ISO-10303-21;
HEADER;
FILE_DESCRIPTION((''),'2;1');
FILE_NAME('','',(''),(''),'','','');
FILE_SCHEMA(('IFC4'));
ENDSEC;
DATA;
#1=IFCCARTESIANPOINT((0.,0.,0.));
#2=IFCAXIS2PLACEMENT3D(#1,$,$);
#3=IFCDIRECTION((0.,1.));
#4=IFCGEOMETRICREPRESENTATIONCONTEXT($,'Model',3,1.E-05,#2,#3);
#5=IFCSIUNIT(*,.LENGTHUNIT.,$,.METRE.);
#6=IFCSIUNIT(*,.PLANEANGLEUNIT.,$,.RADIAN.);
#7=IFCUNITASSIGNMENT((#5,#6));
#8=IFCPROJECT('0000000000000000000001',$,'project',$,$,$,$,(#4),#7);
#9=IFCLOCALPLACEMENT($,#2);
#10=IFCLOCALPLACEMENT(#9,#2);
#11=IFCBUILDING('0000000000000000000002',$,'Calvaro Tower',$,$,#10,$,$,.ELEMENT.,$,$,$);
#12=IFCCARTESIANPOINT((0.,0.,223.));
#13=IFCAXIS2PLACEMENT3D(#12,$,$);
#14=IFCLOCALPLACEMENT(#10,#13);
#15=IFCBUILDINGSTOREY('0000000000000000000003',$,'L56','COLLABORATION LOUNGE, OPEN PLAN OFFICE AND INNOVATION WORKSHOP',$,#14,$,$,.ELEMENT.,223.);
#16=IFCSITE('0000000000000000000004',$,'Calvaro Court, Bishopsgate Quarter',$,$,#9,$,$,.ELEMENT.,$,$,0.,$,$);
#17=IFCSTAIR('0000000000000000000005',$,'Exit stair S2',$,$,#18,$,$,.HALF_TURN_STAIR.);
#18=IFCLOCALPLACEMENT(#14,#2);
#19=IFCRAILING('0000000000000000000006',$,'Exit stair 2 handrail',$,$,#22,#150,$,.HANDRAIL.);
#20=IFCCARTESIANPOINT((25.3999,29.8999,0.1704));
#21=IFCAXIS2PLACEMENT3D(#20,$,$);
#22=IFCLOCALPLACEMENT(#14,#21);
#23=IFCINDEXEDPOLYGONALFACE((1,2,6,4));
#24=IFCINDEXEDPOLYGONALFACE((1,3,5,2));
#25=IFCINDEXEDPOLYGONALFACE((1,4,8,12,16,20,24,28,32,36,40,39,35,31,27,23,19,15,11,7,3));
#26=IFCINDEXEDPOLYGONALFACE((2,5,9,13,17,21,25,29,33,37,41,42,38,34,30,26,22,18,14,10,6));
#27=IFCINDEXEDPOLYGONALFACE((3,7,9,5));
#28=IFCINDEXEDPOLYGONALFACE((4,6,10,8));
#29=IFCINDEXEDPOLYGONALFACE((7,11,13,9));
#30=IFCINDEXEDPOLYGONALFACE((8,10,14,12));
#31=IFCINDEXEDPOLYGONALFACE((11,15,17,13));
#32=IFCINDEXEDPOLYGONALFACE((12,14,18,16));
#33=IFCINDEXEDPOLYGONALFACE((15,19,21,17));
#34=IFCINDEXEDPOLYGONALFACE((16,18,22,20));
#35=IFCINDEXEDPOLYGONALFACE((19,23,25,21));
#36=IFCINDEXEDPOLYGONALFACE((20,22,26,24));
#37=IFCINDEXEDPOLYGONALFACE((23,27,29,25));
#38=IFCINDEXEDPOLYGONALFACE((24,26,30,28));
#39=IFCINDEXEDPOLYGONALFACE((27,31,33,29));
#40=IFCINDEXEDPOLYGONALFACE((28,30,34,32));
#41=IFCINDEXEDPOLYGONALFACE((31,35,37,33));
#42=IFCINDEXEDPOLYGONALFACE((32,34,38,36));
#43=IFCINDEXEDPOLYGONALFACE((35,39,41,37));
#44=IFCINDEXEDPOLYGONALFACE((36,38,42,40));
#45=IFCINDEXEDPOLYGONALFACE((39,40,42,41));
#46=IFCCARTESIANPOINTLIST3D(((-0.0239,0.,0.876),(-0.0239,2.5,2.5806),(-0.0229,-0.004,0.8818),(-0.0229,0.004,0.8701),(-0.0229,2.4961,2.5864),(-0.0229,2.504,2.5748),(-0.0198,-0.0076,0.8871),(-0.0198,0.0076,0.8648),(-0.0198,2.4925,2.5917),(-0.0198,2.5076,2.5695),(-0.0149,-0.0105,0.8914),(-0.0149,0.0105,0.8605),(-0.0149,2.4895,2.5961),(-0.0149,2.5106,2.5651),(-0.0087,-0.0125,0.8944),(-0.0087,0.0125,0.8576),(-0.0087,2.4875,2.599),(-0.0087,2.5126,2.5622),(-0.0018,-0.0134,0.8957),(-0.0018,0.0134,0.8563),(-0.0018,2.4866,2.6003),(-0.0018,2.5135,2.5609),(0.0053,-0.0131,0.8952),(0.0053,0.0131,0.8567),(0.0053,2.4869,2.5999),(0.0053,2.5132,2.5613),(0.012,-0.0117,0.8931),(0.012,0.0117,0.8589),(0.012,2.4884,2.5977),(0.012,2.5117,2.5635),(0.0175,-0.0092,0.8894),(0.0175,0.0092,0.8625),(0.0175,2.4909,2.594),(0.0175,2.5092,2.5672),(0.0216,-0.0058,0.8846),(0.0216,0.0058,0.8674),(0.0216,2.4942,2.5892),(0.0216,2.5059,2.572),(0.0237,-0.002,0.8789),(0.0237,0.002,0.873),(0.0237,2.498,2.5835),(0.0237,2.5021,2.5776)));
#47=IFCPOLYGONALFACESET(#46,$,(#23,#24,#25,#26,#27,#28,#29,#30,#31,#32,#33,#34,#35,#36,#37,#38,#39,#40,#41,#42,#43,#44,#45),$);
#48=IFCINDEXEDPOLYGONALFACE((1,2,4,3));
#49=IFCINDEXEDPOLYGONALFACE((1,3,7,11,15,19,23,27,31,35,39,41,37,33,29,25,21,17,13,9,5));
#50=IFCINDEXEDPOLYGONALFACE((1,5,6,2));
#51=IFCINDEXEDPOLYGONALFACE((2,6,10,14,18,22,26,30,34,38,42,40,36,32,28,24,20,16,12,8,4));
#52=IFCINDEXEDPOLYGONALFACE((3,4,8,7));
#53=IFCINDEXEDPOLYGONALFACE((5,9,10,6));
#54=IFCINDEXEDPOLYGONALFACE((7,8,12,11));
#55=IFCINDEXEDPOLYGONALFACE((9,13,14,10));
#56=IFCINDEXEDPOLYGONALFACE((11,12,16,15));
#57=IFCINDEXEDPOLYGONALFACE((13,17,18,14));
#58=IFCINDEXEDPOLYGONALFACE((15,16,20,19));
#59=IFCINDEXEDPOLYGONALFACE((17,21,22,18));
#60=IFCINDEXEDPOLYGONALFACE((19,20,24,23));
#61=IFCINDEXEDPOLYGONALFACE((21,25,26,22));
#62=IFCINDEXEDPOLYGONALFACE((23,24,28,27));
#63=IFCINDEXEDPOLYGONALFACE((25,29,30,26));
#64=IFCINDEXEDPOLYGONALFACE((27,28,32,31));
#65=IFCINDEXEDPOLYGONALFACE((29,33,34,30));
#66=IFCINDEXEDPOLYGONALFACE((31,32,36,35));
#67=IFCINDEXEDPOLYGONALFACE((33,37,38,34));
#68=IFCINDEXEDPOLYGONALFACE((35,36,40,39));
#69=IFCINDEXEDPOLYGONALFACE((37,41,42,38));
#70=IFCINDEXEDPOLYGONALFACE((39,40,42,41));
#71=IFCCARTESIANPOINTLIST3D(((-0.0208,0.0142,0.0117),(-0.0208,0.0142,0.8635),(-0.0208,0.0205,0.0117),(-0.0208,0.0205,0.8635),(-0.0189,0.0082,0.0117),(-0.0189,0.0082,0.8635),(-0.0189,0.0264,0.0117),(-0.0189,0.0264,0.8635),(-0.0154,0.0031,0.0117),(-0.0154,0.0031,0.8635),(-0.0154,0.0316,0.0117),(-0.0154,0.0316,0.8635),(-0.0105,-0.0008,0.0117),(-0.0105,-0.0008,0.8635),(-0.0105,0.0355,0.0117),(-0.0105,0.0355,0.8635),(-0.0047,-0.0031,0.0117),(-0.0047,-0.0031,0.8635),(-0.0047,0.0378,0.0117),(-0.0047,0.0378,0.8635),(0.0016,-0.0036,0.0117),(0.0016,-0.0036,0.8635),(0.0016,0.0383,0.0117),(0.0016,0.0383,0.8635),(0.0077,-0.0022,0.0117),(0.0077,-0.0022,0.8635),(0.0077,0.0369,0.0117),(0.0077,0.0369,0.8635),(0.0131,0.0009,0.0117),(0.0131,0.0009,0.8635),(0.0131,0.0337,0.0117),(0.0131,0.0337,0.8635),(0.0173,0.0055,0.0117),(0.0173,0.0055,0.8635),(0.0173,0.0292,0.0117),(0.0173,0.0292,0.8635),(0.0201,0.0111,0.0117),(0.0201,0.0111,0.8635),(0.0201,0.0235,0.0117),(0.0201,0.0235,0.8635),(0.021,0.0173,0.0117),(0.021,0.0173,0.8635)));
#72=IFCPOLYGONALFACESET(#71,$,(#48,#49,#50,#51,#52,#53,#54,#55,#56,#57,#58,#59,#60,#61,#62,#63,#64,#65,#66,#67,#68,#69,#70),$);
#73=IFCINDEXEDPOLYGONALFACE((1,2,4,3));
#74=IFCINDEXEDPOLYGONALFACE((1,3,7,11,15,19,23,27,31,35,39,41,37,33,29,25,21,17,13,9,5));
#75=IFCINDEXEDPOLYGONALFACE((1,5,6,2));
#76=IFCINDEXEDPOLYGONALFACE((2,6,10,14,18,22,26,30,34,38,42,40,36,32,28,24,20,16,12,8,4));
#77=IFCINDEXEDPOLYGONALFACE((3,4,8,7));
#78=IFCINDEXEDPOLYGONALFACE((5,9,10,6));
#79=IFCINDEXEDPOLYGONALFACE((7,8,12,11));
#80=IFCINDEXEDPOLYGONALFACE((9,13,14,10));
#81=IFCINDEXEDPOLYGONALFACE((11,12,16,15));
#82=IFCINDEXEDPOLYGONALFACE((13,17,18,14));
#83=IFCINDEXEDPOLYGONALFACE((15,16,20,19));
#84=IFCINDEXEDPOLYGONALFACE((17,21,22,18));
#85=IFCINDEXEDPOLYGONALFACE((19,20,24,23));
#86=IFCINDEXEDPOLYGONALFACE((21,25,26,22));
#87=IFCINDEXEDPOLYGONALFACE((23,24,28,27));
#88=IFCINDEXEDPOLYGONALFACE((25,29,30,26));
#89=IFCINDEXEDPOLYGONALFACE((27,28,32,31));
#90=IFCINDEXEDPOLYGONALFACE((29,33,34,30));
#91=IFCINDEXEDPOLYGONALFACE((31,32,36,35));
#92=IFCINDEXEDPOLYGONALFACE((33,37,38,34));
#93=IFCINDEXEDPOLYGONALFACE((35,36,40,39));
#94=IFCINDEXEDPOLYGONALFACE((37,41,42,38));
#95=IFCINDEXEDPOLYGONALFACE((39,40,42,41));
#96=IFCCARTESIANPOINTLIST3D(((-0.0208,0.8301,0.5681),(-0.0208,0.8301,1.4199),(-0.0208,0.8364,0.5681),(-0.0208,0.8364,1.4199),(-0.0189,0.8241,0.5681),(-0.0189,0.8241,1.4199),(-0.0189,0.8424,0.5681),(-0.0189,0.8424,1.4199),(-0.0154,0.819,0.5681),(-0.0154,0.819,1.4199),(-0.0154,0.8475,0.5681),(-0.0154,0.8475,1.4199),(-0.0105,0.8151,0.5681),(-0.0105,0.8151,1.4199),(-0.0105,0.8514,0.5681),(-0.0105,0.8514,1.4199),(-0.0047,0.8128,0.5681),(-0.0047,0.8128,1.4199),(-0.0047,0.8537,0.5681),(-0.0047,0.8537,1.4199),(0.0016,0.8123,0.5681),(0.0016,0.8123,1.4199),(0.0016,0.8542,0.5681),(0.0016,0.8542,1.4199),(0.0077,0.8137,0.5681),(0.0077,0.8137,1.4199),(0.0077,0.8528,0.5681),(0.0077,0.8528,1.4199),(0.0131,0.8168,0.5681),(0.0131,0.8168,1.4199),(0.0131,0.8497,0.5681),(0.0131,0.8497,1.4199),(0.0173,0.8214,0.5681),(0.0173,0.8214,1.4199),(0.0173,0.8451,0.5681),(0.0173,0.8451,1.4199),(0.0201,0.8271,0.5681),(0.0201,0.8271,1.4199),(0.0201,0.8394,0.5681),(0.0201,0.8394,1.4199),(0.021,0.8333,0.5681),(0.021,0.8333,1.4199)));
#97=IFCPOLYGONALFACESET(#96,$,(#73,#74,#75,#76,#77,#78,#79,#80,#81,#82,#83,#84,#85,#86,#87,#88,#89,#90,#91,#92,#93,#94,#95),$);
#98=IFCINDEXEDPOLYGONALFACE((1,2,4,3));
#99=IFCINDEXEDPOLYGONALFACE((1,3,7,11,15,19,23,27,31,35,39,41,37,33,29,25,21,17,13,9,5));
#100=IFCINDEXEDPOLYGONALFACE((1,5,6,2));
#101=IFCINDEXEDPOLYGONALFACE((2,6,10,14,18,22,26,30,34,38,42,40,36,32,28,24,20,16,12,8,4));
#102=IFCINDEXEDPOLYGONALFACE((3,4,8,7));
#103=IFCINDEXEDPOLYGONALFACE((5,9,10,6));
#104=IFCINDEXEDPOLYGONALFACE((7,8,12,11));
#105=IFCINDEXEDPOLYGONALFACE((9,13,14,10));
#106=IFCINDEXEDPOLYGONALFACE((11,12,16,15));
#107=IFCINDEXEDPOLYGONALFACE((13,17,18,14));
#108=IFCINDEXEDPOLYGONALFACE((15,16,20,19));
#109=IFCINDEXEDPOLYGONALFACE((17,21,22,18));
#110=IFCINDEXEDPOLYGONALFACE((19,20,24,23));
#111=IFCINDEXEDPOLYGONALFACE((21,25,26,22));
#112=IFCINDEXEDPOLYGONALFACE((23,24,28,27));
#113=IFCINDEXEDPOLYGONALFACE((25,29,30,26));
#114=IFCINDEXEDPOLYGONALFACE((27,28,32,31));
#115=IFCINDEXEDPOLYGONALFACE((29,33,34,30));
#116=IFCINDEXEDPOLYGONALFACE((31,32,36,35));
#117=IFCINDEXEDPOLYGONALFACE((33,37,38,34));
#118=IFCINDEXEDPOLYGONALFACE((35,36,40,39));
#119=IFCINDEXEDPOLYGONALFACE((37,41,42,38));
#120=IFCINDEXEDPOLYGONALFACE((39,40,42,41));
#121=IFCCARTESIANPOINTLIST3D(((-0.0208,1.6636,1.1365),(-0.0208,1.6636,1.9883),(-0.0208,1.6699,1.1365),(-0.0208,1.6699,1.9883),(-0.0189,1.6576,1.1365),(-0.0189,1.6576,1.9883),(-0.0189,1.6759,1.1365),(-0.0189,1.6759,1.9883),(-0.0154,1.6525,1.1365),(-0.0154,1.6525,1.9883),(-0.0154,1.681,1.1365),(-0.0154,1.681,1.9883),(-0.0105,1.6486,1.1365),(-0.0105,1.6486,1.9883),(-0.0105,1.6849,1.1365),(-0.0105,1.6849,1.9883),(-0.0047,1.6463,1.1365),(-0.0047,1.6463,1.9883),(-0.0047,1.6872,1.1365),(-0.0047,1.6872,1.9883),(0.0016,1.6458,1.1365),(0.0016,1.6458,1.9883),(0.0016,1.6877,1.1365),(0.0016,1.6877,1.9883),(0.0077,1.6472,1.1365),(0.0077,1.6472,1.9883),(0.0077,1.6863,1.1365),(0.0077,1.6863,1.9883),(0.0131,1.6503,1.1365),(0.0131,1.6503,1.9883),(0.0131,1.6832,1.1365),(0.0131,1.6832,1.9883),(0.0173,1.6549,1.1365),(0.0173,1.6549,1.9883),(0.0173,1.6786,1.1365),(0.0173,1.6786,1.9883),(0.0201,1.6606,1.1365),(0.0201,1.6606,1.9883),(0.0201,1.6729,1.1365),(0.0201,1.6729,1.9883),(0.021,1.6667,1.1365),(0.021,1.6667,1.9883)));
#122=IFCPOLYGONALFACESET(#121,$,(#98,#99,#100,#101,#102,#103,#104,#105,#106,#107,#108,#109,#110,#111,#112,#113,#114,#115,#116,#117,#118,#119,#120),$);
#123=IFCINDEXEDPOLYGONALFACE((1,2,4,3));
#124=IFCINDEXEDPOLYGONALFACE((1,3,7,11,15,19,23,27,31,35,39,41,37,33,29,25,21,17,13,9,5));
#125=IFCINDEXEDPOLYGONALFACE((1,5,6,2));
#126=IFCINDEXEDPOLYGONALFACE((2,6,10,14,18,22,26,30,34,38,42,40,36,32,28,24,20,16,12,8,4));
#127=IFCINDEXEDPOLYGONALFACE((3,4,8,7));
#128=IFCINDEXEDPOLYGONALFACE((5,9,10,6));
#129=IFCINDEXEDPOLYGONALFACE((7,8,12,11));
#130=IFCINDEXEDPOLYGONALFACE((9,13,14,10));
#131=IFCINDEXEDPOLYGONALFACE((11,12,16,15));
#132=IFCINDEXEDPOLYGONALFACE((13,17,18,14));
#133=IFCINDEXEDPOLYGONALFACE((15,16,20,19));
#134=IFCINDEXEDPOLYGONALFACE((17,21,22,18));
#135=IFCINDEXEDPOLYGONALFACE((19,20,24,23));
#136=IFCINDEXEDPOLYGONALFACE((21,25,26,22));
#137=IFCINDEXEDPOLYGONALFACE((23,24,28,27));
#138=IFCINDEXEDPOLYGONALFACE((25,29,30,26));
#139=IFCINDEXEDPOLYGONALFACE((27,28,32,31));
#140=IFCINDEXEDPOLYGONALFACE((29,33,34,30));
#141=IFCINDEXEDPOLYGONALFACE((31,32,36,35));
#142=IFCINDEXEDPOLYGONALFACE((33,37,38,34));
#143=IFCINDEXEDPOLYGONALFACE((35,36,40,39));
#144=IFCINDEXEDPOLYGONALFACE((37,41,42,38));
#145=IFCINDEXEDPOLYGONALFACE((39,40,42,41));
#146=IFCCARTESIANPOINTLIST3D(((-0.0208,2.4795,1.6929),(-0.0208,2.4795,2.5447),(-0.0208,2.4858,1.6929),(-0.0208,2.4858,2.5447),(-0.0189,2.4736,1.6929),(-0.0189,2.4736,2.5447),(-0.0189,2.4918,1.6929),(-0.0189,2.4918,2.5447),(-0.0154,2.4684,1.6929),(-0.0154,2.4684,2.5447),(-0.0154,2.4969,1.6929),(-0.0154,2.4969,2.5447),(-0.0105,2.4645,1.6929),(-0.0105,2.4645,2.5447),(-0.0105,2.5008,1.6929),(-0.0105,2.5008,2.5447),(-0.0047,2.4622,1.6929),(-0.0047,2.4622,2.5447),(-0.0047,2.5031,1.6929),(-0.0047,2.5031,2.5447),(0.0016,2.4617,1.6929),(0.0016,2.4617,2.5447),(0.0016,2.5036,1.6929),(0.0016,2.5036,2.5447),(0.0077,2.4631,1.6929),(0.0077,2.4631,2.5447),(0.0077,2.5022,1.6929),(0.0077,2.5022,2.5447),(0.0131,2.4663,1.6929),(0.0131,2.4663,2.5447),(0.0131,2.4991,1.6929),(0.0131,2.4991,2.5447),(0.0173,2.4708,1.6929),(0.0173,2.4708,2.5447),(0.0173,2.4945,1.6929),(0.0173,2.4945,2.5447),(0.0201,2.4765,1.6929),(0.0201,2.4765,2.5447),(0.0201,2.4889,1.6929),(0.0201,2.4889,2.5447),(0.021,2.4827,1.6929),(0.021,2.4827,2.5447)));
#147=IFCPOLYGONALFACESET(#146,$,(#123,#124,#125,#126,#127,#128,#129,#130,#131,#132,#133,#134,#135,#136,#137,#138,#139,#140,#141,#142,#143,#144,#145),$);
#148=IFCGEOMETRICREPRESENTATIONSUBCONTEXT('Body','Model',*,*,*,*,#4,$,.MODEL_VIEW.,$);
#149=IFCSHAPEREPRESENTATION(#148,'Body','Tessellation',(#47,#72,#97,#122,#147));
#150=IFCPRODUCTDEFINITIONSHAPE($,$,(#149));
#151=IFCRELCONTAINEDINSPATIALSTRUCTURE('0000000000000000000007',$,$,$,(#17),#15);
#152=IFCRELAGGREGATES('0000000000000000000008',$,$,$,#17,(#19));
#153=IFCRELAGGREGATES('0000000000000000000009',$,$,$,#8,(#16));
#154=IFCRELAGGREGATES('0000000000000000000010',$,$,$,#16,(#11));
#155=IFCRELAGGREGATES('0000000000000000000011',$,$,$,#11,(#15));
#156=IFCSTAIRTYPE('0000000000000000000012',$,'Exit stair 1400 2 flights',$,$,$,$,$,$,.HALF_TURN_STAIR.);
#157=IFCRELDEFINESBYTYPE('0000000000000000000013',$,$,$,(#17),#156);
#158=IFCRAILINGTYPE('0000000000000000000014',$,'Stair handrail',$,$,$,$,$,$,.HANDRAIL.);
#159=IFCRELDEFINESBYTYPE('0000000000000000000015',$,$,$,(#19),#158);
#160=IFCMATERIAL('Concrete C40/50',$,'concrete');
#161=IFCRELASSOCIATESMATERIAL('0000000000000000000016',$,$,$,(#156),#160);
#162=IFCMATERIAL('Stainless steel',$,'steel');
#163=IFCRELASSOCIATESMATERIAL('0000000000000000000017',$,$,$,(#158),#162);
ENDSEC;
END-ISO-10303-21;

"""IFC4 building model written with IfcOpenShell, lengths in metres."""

from ifc_helpers import new_model, si_unit, direction, frame, origin, origin_2d, place, context, subcontext, project, spatial, circle, extrude, material, type_object, element, aggregate, save


model = new_model("IFC4")

# Units and contexts
model_context = context("Model", 3, precision=1e-05, world=origin(), true_north=direction((0.0, 1.0)))
body_context = subcontext(model_context, "Body", "Model", "MODEL_VIEW")
ifc_project = project(units=[si_unit("LENGTHUNIT", "METRE"), si_unit("PLANEANGLEUNIT", "RADIAN")], contexts=[model_context])

# Site, building, storey
site_placement = place(None, origin())
site = spatial("IfcSite", under=ifc_project, at=site_placement, Name="Calvaro Court, Bishopsgate Quarter", CompositionType="ELEMENT", RefElevation=0.0)
building_placement = place(site_placement, origin())
building = spatial("IfcBuilding", under=site, at=building_placement, Name="Calvaro Tower", CompositionType="ELEMENT")
storey_placement = place(building_placement, frame((0.0, 0.0, 223.0)))
storey = spatial("IfcBuildingStorey", under=building, at=storey_placement, Name="L56", Description="COLLABORATION LOUNGE, OPEN PLAN OFFICE AND INNOVATION WORKSHOP", CompositionType="ELEMENT", Elevation=223.0)

# Stair, railing
ifc_material_1 = material(Name="Concrete C40/50", Category="concrete")
stair_type = type_object("IfcStairType", Name="Exit stair 1400 2 flights", PredefinedType="HALF_TURN_STAIR", material=ifc_material_1)
stair_placement = place(storey_placement, origin())
stair = element("IfcStair", 1, at=stair_placement, inside=storey, type_object=stair_type, Name="Exit stair S2", PredefinedType="HALF_TURN_STAIR")
ifc_material_2 = material(Name="Stainless steel", Category="steel")
railing_type = type_object("IfcRailingType", Name="Stair handrail", PredefinedType="HANDRAIL", material=ifc_material_2)
railing_1_placement = place(storey_placement, frame((25.3999, 29.8999, 0.1704)))
railing_1 = element("IfcRailing", 2, at=railing_1_placement, type_object=railing_type, Name="Exit stair 2 handrail", PredefinedType="HANDRAIL", context=body_context, shape_type="SweptSolid", body=[
    extrude(circle(Radius=0.0239, at=origin_2d()), frame((0.0, 0.0, 0.876), z_axis=(0.0, 0.826221, 0.563347), x_axis=(-1.0, 0.0, 0.0)), (0.0, 0.0, 1.0), 3.0259),
    extrude(circle(Radius=0.021, at=origin_2d()), frame((0.0, 0.0173, 0.0117)), (0.0, 0.0, 1.0), 0.8518),
    extrude(circle(Radius=0.021, at=origin_2d()), frame((0.0, 0.8333, 0.5681)), (0.0, 0.0, 1.0), 0.8518),
    extrude(circle(Radius=0.021, at=origin_2d()), frame((0.0, 1.6667, 1.1365)), (0.0, 0.0, 1.0), 0.8518),
    extrude(circle(Radius=0.021, at=origin_2d()), frame((0.0, 2.4827, 1.6929)), (0.0, 0.0, 1.0), 0.8518),
])
aggregate(stair, [railing_1])

save(model, "model.ifc")
